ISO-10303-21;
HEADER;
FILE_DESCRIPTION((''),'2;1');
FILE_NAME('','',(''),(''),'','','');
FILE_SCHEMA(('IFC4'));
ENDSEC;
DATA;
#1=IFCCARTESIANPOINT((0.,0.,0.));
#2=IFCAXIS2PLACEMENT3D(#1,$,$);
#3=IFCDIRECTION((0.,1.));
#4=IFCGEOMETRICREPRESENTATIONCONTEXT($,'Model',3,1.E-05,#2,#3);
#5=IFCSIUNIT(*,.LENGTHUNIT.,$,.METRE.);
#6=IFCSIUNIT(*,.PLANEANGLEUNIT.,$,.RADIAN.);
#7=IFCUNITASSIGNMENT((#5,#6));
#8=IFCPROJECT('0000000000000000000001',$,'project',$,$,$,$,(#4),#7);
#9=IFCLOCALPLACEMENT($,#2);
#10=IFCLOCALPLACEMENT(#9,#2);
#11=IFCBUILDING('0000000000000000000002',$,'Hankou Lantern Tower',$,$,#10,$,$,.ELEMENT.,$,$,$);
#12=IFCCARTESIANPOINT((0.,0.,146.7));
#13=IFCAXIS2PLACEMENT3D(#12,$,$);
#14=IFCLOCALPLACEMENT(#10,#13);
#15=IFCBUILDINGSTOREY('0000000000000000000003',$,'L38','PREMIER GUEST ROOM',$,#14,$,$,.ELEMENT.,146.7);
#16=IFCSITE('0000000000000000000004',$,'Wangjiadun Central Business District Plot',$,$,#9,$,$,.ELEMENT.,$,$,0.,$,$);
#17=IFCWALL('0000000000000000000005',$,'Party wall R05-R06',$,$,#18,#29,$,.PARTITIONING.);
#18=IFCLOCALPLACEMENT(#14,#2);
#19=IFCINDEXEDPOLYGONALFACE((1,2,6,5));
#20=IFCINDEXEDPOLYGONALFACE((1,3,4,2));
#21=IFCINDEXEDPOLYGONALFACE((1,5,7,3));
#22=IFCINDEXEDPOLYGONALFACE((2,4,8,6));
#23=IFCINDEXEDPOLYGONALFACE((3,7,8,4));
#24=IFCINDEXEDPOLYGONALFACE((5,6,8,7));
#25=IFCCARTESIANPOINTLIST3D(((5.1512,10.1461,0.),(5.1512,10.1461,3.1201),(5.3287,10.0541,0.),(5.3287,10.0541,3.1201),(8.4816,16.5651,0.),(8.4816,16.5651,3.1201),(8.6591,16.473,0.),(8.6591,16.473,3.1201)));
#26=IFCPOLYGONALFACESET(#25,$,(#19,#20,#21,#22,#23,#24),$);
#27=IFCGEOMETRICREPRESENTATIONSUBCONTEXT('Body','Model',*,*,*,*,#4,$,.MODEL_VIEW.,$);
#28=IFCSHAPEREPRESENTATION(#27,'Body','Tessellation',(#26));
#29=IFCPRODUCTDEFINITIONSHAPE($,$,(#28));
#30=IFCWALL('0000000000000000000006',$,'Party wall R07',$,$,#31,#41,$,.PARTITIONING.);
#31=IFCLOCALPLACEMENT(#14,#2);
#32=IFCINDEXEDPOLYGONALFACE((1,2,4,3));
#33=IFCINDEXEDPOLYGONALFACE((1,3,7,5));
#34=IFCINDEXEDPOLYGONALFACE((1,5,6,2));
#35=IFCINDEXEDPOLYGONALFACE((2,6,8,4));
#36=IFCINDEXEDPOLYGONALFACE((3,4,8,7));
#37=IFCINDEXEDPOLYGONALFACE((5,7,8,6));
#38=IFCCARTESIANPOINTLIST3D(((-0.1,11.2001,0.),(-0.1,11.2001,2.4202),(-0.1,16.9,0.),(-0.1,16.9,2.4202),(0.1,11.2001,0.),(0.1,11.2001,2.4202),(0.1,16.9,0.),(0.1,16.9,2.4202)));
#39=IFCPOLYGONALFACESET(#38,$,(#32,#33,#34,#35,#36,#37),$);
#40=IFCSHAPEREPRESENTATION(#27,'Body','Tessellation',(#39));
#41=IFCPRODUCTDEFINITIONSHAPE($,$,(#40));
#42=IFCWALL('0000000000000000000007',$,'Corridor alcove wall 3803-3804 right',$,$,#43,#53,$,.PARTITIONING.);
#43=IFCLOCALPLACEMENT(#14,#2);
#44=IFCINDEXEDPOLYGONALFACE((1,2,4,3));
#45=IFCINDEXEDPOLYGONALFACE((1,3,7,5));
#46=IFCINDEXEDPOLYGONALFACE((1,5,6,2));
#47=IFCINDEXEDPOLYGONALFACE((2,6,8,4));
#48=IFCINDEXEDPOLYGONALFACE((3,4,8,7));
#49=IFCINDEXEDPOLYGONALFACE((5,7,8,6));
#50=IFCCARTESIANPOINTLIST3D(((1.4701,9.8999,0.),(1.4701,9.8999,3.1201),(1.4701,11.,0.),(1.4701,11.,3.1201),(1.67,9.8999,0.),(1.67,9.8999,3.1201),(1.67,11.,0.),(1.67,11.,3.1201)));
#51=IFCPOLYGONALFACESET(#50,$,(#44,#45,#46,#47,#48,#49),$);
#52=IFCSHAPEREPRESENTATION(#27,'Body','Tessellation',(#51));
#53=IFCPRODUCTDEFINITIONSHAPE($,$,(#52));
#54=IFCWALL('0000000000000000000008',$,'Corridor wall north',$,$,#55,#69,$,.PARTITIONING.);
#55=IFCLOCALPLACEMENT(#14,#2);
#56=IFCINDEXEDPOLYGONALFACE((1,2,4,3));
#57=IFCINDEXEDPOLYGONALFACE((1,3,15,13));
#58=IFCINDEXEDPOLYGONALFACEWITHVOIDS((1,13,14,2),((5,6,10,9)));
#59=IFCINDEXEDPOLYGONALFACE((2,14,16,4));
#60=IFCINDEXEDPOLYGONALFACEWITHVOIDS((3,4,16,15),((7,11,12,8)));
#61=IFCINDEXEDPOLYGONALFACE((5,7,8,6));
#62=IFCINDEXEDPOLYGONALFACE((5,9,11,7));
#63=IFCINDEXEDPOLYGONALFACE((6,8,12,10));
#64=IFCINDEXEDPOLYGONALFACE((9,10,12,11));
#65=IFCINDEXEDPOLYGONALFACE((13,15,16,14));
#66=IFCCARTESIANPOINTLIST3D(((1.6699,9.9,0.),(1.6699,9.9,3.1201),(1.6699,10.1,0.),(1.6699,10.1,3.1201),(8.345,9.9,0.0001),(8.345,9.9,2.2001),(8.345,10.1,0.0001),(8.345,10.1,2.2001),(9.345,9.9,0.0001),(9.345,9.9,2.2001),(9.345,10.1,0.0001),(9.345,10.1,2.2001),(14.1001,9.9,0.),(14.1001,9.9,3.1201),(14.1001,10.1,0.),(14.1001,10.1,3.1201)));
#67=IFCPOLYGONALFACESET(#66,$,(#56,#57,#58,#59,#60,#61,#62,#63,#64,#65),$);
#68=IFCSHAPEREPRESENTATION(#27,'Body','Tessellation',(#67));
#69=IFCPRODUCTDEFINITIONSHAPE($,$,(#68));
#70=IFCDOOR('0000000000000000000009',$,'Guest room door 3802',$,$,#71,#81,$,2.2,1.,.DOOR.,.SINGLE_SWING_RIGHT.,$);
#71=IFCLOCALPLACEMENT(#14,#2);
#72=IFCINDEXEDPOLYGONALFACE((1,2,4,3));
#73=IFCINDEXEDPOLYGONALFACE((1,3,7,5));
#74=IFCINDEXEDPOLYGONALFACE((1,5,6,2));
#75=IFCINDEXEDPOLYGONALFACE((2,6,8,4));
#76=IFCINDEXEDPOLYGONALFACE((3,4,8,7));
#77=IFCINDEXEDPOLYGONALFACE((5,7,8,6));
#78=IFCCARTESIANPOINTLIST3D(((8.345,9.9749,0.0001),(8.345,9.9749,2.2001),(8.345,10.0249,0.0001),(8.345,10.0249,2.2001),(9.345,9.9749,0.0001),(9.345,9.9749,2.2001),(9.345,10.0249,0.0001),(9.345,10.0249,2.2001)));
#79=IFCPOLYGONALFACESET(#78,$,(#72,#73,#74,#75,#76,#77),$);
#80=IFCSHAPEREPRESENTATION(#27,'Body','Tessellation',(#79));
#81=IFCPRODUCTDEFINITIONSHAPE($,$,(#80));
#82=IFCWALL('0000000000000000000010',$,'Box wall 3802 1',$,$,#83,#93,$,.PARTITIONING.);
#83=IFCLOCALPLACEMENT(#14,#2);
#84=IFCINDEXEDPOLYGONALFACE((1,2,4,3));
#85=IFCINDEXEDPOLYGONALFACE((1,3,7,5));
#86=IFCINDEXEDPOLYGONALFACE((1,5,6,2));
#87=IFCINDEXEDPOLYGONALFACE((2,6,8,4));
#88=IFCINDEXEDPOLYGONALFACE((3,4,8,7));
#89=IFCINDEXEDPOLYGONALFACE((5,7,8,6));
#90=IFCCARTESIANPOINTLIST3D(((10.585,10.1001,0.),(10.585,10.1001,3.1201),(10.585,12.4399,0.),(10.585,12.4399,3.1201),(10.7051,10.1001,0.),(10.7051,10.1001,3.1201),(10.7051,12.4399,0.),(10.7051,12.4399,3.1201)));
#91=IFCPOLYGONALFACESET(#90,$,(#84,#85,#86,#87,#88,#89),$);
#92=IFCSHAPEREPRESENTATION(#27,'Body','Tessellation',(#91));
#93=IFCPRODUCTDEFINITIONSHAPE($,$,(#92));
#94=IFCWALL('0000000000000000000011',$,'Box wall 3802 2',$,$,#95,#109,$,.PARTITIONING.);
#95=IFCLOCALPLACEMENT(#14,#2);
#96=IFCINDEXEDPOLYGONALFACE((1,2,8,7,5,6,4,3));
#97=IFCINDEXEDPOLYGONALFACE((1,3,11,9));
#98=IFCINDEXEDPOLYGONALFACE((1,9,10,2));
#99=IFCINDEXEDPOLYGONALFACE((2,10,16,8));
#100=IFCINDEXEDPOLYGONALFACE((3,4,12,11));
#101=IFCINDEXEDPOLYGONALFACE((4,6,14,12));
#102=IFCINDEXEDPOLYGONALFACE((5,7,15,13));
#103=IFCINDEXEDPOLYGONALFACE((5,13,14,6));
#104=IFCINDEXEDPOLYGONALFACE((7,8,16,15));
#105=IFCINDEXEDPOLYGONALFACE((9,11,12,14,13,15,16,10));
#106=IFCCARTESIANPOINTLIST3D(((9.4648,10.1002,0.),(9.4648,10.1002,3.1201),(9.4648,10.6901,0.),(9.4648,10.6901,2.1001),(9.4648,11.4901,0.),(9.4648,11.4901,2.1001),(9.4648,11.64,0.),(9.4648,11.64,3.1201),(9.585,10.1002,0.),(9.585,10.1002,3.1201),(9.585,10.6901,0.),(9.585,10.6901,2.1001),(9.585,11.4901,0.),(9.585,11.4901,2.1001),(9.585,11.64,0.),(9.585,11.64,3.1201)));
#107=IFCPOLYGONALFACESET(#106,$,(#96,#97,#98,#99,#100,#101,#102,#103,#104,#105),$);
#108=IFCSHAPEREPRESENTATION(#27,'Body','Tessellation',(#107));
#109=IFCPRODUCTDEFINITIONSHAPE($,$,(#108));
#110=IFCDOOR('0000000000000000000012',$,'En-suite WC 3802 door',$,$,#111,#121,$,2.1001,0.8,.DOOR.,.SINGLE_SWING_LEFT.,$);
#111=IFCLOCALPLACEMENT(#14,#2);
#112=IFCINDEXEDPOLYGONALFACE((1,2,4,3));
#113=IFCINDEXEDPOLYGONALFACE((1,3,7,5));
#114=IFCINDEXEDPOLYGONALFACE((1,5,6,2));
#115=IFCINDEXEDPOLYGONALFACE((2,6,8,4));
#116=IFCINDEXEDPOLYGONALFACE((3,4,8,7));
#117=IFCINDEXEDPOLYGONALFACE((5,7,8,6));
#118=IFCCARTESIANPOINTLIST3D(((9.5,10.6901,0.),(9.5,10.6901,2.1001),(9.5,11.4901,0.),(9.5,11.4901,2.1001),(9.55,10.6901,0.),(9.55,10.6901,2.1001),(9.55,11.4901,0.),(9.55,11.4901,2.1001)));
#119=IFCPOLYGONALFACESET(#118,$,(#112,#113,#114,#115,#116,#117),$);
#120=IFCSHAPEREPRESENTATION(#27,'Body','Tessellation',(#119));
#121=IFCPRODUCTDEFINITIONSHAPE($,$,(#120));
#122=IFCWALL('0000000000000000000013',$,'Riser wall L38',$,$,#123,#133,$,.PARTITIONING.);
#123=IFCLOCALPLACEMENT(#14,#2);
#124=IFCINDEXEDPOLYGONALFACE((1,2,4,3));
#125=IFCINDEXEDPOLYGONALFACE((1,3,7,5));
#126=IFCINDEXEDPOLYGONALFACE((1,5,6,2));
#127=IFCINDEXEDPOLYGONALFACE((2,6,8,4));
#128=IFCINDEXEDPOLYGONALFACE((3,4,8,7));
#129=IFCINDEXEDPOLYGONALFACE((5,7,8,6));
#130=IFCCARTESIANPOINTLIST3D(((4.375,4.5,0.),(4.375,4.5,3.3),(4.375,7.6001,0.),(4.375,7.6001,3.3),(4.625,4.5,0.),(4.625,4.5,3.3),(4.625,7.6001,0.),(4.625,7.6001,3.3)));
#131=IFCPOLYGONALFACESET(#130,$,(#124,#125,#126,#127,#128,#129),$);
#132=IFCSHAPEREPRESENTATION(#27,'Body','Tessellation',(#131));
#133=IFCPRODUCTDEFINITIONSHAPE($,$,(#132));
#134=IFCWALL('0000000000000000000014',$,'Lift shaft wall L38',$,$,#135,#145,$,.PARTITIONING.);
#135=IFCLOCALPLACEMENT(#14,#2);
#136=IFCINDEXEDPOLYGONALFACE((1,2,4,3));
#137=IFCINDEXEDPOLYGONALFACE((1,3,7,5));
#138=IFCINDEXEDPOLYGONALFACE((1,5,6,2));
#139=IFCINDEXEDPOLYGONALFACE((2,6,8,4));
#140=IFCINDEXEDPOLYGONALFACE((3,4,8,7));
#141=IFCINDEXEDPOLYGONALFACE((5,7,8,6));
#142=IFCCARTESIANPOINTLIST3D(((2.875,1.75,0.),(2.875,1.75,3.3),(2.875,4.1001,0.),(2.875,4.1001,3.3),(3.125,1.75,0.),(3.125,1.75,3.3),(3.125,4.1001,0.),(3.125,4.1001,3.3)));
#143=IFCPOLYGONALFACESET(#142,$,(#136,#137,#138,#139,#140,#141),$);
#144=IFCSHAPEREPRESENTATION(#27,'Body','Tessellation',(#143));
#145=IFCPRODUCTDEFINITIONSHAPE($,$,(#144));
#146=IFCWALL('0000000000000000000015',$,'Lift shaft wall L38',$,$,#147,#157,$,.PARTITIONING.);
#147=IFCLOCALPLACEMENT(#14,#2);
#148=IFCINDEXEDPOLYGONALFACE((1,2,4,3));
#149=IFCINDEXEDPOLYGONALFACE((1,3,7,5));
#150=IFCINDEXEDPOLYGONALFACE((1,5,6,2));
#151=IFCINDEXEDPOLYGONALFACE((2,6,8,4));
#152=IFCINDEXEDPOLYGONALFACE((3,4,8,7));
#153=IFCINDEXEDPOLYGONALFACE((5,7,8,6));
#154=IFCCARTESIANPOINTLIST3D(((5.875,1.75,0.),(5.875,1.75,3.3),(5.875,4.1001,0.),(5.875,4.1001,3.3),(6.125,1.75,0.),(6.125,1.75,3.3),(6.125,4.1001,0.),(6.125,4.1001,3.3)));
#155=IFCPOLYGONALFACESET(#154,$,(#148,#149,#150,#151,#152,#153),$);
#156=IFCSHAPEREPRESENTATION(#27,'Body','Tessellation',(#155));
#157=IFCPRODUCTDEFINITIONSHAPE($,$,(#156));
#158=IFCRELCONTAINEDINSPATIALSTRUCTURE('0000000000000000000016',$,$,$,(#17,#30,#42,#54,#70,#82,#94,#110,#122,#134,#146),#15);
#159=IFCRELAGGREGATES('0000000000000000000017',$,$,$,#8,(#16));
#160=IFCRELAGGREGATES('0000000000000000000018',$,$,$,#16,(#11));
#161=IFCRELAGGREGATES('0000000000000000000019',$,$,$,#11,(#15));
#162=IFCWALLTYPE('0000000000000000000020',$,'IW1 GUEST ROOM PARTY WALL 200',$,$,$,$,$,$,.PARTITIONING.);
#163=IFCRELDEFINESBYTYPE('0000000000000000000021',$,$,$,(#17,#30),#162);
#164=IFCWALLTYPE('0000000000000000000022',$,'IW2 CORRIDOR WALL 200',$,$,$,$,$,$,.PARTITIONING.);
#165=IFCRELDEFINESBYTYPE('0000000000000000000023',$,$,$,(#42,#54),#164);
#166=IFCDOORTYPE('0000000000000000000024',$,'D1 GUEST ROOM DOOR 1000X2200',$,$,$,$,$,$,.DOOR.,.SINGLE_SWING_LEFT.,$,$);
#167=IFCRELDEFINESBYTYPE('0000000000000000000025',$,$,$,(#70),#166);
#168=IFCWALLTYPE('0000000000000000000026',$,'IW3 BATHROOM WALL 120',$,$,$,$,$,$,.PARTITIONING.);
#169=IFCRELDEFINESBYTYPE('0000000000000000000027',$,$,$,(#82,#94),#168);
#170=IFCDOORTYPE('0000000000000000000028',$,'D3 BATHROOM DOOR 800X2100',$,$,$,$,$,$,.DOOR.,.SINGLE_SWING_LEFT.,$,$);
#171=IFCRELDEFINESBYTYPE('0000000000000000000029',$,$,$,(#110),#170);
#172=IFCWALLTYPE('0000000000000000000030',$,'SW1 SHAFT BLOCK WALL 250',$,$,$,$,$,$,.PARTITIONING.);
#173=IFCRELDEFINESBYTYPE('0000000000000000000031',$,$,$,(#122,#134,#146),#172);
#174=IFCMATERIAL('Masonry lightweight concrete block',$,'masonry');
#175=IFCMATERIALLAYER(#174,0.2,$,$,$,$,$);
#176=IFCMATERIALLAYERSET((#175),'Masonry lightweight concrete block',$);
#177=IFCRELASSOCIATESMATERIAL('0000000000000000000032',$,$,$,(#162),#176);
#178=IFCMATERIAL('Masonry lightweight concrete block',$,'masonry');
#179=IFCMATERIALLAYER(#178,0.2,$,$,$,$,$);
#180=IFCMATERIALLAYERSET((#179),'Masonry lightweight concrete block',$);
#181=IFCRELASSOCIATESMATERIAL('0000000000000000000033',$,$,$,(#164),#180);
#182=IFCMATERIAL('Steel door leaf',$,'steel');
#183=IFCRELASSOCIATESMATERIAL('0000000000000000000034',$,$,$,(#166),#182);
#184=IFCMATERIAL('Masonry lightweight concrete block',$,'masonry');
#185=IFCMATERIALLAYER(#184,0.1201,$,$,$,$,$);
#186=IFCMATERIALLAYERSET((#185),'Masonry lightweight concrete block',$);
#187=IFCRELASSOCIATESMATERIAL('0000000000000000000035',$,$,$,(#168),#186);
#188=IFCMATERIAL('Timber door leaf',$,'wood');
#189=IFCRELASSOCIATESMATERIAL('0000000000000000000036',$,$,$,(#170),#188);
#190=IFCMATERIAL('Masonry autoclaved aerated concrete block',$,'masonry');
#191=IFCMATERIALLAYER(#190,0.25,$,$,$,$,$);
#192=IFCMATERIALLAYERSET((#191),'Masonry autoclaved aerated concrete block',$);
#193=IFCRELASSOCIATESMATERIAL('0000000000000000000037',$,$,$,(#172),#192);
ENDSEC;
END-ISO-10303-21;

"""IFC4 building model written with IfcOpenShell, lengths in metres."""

from ifc_helpers import new_model, si_unit, direction, frame, frame_2d, origin, place, context, subcontext, project, spatial, rectangle, extrude, material, layer, layer_set, type_object, element, fill, save


model = new_model("IFC4")

# Units and contexts
model_context = context("Model", 3, precision=1e-05, world=origin(), true_north=direction((0.0, 1.0)))
body_context = subcontext(model_context, "Body", "Model", "MODEL_VIEW")
ifc_project = project(units=[si_unit("LENGTHUNIT", "METRE"), si_unit("PLANEANGLEUNIT", "RADIAN")], contexts=[model_context])

# Site, building, storey
site_placement = place(None, origin())
site = spatial("IfcSite", under=ifc_project, at=site_placement, Name="Wangjiadun Central Business District Plot", CompositionType="ELEMENT", RefElevation=0.0)
building_placement = place(site_placement, origin())
building = spatial("IfcBuilding", under=site, at=building_placement, Name="Hankou Lantern Tower", CompositionType="ELEMENT")
storey_placement = place(building_placement, frame((0.0, 0.0, 146.7)))
storey = spatial("IfcBuildingStorey", under=building, at=storey_placement, Name="L38", Description="PREMIER GUEST ROOM", CompositionType="ELEMENT", Elevation=146.7)

# Walls
ifc_material_1 = material(Name="Masonry lightweight concrete block", Category="masonry")
ifc_layer_1 = layer(ifc_material_1, 0.2)
ifc_layer_set_1 = layer_set([ifc_layer_1], Name="Masonry lightweight concrete block")
wall_type_1 = type_object("IfcWallType", Name="IW1 GUEST ROOM PARTY WALL 200", PredefinedType="PARTITIONING", material=ifc_layer_set_1)
wall_1_placement = place(storey_placement, frame((5.24, 10.1001, 0.0), z_axis=(0.0, 0.0, 1.0), x_axis=(0.460533, 0.887643, 0.0)))
element("IfcWall", 1, at=wall_1_placement, inside=storey, type_object=wall_type_1, Name="Party wall R05-R06", PredefinedType="PARTITIONING", context=body_context, shape_type="SweptSolid", body=[
    extrude(rectangle(XDim=7.2314, YDim=0.2, at=frame_2d((3.6157, 0.0))), origin(), (0.0, 0.0, 1.0), 3.1201),
])
wall_2_placement = place(storey_placement, frame((0.0, 11.2, 0.0), z_axis=(0.0, 0.0, 1.0), x_axis=(0.0, 1.0, 0.0)))
element("IfcWall", 2, at=wall_2_placement, inside=storey, type_object=wall_type_1, Name="Party wall R07", PredefinedType="PARTITIONING", context=body_context, shape_type="SweptSolid", body=[
    extrude(rectangle(XDim=5.7, YDim=0.2, at=frame_2d((2.8501, 0.0))), origin(), (0.0, 0.0, 1.0), 2.4202),
])
ifc_material_2 = material(Name="Masonry lightweight concrete block", Category="masonry")
ifc_layer_2 = layer(ifc_material_2, 0.2)
ifc_layer_set_2 = layer_set([ifc_layer_2], Name="Masonry lightweight concrete block")
wall_type_2 = type_object("IfcWallType", Name="IW2 CORRIDOR WALL 200", PredefinedType="PARTITIONING", material=ifc_layer_set_2)
wall_3_placement = place(storey_placement, frame((1.5701, 9.8999, 0.0), z_axis=(0.0, 0.0, 1.0), x_axis=(0.0, 1.0, 0.0)))
element("IfcWall", 3, at=wall_3_placement, inside=storey, type_object=wall_type_2, Name="Corridor alcove wall 3803-3804 right", PredefinedType="PARTITIONING", context=body_context, shape_type="SweptSolid", body=[
    extrude(rectangle(XDim=1.1001, YDim=0.2, at=frame_2d((0.55, 0.0))), origin(), (0.0, 0.0, 1.0), 3.1201),
])

# Wall, opening, door
wall_4_placement = place(storey_placement, frame((1.6699, 10.0, 0.0), z_axis=(0.0, 0.0, 1.0), x_axis=(1.0, 0.0, 0.0)))
wall_4 = element("IfcWall", 4, at=wall_4_placement, inside=storey, type_object=wall_type_2, Name="Corridor wall north", PredefinedType="PARTITIONING", context=body_context, shape_type="SweptSolid", body=[
    extrude(rectangle(XDim=12.4302, YDim=0.2, at=frame_2d((6.2151, 0.0))), origin(), (0.0, 0.0, 1.0), 3.1201),
])
opening_1_placement = place(wall_4_placement, frame((6.675, 0.0, 0.0)))
opening_1 = element("IfcOpeningElement", 5, at=opening_1_placement, cuts=wall_4, PredefinedType="OPENING", context=body_context, shape_type="SweptSolid", body=[
    extrude(rectangle(XDim=1.0, YDim=2.2, at=frame_2d((0.5, 1.1001))), frame((0.0, 0.1099, 0.0), z_axis=(0.0, -1.0, 0.0), x_axis=(1.0, 0.0, 0.0)), (0.0, 0.0, 1.0), 0.22),
])
ifc_material_3 = material(Name="Steel door leaf", Category="steel")
door_type_1 = type_object("IfcDoorType", Name="D1 GUEST ROOM DOOR 1000X2200", OperationType="SINGLE_SWING_LEFT", PredefinedType="DOOR", material=ifc_material_3)
door_1_placement = place(opening_1_placement, origin())
door_1 = element("IfcDoor", 6, at=door_1_placement, inside=storey, type_object=door_type_1, Name="Guest room door 3802", OperationType="SINGLE_SWING_RIGHT", OverallHeight=2.2, OverallWidth=1.0, PredefinedType="DOOR", context=body_context, shape_type="SweptSolid", body=[
    extrude(rectangle(XDim=1.0, YDim=2.2, at=frame_2d((0.5, 1.1001))), frame((0.0, 0.0249, 0.0), z_axis=(0.0, -1.0, 0.0), x_axis=(1.0, 0.0, 0.0)), (0.0, 0.0, 1.0), 0.05),
])
fill(opening_1, door_1)

# Wall
ifc_material_4 = material(Name="Masonry lightweight concrete block", Category="masonry")
ifc_layer_3 = layer(ifc_material_4, 0.1201)
ifc_layer_set_3 = layer_set([ifc_layer_3], Name="Masonry lightweight concrete block")
wall_type_3 = type_object("IfcWallType", Name="IW3 BATHROOM WALL 120", PredefinedType="PARTITIONING", material=ifc_layer_set_3)
wall_5_placement = place(storey_placement, frame((10.645, 10.1001, 0.0), z_axis=(0.0, 0.0, 1.0), x_axis=(0.0, 1.0, 0.0)))
element("IfcWall", 7, at=wall_5_placement, inside=storey, type_object=wall_type_3, Name="Box wall 3802 1", PredefinedType="PARTITIONING", context=body_context, shape_type="SweptSolid", body=[
    extrude(rectangle(XDim=2.3398, YDim=0.1201, at=frame_2d((1.1699, 0.0))), origin(), (0.0, 0.0, 1.0), 3.1201),
])

# Wall, opening, door
wall_6_placement = place(storey_placement, frame((9.5249, 10.1001, 0.0), z_axis=(0.0, 0.0, 1.0), x_axis=(0.0, 1.0, 0.0)))
wall_6 = element("IfcWall", 8, at=wall_6_placement, inside=storey, type_object=wall_type_3, Name="Box wall 3802 2", PredefinedType="PARTITIONING", context=body_context, shape_type="SweptSolid", body=[
    extrude(rectangle(XDim=1.5398, YDim=0.1201, at=frame_2d((0.77, 0.0))), origin(), (0.0, 0.0, 1.0), 3.1201),
])
opening_2_placement = place(wall_6_placement, frame((0.5901, 0.0, 0.0)))
opening_2 = element("IfcOpeningElement", 9, at=opening_2_placement, cuts=wall_6, PredefinedType="OPENING", context=body_context, shape_type="SweptSolid", body=[
    extrude(rectangle(XDim=0.8, YDim=2.1001, at=frame_2d((0.3999, 1.05))), frame((0.0, 0.0701, 0.0), z_axis=(0.0, -1.0, 0.0), x_axis=(1.0, 0.0, 0.0)), (0.0, 0.0, 1.0), 0.1401),
])
ifc_material_5 = material(Name="Timber door leaf", Category="wood")
door_type_2 = type_object("IfcDoorType", Name="D3 BATHROOM DOOR 800X2100", OperationType="SINGLE_SWING_LEFT", PredefinedType="DOOR", material=ifc_material_5)
door_2_placement = place(opening_2_placement, origin())
door_2 = element("IfcDoor", 10, at=door_2_placement, inside=storey, type_object=door_type_2, Name="En-suite WC 3802 door", OperationType="SINGLE_SWING_LEFT", OverallHeight=2.1001, OverallWidth=0.8, PredefinedType="DOOR", context=body_context, shape_type="SweptSolid", body=[
    extrude(rectangle(XDim=0.8, YDim=2.1001, at=frame_2d((0.3999, 1.05))), frame((0.0, 0.0249, 0.0), z_axis=(0.0, -1.0, 0.0), x_axis=(1.0, 0.0, 0.0)), (0.0, 0.0, 1.0), 0.05),
])
fill(opening_2, door_2)

# Walls
ifc_material_6 = material(Name="Masonry autoclaved aerated concrete block", Category="masonry")
ifc_layer_4 = layer(ifc_material_6, 0.25)
ifc_layer_set_4 = layer_set([ifc_layer_4], Name="Masonry autoclaved aerated concrete block")
wall_type_4 = type_object("IfcWallType", Name="SW1 SHAFT BLOCK WALL 250", PredefinedType="PARTITIONING", material=ifc_layer_set_4)
wall_7_placement = place(storey_placement, frame((4.5, 4.5, 0.0), z_axis=(0.0, 0.0, 1.0), x_axis=(0.0, 1.0, 0.0)))
element("IfcWall", 11, at=wall_7_placement, inside=storey, type_object=wall_type_4, Name="Riser wall L38", PredefinedType="PARTITIONING", context=body_context, shape_type="SweptSolid", body=[
    extrude(rectangle(XDim=3.1001, YDim=0.25, at=frame_2d((1.55, 0.0))), origin(), (0.0, 0.0, 1.0), 3.3),
])
for number, where, z_axis, x_axis, name in (
    (12, (3.0, 1.75, 0.0), (0.0, 0.0, 1.0), (0.0, 1.0, 0.0), "Lift shaft wall L38"),
    (13, (6.0, 1.75, 0.0), (0.0, 0.0, 1.0), (0.0, 1.0, 0.0), "Lift shaft wall L38"),
):
    element("IfcWall", number, at=place(storey_placement, frame(where, z_axis=z_axis, x_axis=x_axis)), inside=storey, type_object=wall_type_4, Name=name, PredefinedType="PARTITIONING", context=body_context, shape_type="SweptSolid", body=[
        extrude(rectangle(XDim=2.3501, YDim=0.25, at=frame_2d((1.175, 0.0))), origin(), (0.0, 0.0, 1.0), 3.3),
    ])

save(model, "model.ifc")
